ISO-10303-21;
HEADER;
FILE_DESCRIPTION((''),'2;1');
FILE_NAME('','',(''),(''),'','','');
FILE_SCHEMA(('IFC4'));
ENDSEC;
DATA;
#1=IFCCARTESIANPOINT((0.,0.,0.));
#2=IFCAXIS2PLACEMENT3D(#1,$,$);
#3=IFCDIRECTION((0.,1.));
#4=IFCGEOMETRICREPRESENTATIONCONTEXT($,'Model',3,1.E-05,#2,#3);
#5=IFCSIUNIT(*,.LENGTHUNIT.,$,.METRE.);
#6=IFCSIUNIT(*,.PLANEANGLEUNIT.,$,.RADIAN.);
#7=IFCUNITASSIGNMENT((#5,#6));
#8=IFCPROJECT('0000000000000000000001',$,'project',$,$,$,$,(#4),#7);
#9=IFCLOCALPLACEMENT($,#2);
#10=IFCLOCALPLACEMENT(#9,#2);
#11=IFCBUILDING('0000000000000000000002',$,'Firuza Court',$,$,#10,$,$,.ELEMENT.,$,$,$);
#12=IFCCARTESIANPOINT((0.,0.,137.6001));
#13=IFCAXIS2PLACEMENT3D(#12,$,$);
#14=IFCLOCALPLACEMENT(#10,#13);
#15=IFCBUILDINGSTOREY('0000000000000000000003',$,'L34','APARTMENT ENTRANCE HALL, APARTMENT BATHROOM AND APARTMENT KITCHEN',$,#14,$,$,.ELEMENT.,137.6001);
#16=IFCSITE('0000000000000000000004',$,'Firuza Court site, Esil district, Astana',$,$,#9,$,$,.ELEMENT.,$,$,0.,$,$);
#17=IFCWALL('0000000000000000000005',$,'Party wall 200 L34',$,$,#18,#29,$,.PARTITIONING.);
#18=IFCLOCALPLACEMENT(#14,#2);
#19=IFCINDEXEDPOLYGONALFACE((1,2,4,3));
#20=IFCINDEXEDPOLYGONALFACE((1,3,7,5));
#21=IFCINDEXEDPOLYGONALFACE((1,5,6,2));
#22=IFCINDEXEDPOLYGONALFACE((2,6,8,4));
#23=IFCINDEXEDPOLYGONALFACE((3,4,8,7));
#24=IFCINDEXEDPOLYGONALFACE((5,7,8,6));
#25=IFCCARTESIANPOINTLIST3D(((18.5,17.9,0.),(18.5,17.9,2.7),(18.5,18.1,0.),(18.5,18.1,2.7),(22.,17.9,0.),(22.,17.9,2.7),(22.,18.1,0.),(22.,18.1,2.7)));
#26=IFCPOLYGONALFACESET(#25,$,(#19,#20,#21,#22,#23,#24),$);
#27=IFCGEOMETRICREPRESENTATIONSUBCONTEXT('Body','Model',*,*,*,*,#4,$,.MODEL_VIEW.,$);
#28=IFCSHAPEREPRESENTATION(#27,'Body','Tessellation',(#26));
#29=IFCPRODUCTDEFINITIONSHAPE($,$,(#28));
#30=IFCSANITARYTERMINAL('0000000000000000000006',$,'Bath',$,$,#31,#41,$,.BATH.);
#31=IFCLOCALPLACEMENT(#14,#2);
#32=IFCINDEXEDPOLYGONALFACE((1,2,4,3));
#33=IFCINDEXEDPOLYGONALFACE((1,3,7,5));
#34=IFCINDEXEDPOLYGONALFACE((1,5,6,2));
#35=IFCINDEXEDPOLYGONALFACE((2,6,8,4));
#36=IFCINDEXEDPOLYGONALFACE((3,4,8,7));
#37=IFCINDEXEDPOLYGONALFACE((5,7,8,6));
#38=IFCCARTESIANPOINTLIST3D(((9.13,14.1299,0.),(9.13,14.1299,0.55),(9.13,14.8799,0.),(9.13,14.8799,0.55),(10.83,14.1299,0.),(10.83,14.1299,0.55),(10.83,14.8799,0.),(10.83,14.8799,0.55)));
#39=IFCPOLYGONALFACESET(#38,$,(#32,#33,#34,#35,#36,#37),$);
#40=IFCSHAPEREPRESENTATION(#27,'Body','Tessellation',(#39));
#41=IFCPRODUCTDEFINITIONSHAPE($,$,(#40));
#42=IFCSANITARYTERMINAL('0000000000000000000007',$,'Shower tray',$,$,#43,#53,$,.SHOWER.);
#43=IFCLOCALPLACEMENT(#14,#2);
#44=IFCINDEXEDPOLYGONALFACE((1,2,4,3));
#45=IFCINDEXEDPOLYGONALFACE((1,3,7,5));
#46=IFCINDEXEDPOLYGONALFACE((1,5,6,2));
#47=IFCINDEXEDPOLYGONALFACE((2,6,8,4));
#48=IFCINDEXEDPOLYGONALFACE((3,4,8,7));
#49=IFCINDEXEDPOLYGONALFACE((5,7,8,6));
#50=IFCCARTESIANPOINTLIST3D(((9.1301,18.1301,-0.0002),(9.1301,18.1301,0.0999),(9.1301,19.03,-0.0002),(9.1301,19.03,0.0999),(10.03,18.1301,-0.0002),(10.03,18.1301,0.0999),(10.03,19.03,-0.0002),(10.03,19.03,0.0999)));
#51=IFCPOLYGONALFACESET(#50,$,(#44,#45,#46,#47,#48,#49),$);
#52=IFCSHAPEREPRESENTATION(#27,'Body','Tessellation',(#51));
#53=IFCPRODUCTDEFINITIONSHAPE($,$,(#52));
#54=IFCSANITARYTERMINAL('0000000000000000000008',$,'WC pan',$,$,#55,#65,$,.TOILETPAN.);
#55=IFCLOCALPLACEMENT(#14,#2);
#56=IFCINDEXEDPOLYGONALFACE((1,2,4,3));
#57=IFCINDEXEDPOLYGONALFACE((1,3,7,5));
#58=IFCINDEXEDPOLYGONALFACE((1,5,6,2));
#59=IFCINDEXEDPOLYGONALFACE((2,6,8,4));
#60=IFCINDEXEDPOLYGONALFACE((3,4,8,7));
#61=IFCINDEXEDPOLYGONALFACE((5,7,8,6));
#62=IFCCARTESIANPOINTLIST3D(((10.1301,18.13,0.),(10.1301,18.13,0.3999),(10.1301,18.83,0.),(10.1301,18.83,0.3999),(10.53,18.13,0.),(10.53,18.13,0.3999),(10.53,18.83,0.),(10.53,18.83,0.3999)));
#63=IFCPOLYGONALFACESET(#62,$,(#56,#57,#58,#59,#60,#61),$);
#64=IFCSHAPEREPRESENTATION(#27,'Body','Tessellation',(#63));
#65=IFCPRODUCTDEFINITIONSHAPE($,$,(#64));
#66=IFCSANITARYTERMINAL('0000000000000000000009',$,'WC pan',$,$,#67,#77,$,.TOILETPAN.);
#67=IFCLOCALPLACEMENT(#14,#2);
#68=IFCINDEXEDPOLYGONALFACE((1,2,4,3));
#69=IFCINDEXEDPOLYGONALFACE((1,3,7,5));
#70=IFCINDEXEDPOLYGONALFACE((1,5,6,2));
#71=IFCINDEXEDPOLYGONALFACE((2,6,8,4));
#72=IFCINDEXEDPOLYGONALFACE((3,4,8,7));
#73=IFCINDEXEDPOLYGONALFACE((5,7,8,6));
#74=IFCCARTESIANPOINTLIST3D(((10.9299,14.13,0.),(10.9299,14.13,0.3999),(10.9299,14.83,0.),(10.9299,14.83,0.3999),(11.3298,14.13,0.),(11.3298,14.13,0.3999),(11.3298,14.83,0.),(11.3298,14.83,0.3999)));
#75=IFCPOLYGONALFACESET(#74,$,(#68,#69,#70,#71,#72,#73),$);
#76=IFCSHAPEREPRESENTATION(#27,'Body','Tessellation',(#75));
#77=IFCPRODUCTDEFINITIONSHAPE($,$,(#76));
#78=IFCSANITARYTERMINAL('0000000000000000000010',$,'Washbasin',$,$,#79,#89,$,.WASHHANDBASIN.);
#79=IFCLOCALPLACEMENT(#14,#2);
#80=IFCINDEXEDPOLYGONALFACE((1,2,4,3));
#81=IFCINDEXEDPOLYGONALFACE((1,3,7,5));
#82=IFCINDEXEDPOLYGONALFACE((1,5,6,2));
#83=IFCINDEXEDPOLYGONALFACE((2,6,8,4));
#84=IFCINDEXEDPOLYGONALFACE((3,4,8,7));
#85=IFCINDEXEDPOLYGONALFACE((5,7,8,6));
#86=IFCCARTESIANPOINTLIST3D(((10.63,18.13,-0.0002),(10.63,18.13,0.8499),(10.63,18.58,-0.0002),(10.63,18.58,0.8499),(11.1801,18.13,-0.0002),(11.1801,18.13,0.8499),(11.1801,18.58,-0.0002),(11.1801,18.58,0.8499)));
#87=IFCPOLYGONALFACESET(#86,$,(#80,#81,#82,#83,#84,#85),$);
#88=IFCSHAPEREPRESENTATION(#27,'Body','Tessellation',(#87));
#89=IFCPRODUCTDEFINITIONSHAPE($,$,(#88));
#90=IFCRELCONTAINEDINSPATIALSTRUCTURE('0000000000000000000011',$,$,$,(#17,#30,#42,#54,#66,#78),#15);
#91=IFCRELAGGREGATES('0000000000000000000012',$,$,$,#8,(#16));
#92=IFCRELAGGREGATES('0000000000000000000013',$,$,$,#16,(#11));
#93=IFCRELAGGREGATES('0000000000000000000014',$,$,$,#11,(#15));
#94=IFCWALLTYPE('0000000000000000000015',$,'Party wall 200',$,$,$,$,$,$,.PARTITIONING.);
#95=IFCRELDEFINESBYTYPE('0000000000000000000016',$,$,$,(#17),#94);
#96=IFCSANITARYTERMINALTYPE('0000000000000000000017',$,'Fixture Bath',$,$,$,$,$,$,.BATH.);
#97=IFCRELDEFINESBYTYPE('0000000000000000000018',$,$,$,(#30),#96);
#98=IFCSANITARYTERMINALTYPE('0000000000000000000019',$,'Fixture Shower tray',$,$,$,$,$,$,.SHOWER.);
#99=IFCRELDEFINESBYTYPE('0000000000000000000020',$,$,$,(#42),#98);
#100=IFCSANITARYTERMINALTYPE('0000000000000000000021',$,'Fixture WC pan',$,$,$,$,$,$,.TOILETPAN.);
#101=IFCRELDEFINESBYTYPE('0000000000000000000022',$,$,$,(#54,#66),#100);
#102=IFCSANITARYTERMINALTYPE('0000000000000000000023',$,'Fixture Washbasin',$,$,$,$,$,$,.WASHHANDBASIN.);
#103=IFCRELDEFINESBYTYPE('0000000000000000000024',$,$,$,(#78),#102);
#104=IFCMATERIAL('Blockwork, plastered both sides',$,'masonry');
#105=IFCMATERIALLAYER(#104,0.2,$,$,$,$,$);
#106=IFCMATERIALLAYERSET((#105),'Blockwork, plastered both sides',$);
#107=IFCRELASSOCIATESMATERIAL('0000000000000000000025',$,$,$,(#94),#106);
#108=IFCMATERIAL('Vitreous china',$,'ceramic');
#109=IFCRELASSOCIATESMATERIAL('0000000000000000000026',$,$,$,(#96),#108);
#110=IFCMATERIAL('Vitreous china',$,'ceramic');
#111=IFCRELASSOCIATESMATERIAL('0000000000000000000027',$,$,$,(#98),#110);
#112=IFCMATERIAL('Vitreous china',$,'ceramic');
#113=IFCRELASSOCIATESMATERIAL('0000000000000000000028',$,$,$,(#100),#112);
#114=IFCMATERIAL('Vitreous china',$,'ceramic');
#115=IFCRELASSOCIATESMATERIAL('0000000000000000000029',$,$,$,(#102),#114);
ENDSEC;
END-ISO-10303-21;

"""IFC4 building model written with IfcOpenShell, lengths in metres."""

from ifc_helpers import new_model, si_unit, direction, frame, frame_2d, origin, origin_2d, place, context, subcontext, project, spatial, rectangle, extrude, material, layer, layer_set, type_object, element, save


model = new_model("IFC4")

# Units and contexts
model_context = context("Model", 3, precision=1e-05, world=origin(), true_north=direction((0.0, 1.0)))
body_context = subcontext(model_context, "Body", "Model", "MODEL_VIEW")
ifc_project = project(units=[si_unit("LENGTHUNIT", "METRE"), si_unit("PLANEANGLEUNIT", "RADIAN")], contexts=[model_context])

# Site, building, storey
site_placement = place(None, origin())
site = spatial("IfcSite", under=ifc_project, at=site_placement, Name="Firuza Court site, Esil district, Astana", CompositionType="ELEMENT", RefElevation=0.0)
building_placement = place(site_placement, origin())
building = spatial("IfcBuilding", under=site, at=building_placement, Name="Firuza Court", CompositionType="ELEMENT")
storey_placement = place(building_placement, frame((0.0, 0.0, 137.6001)))
storey = spatial("IfcBuildingStorey", under=building, at=storey_placement, Name="L34", Description="APARTMENT ENTRANCE HALL, APARTMENT BATHROOM AND APARTMENT KITCHEN", CompositionType="ELEMENT", Elevation=137.6001)

# Wall
ifc_material_1 = material(Name="Blockwork, plastered both sides", Category="masonry")
ifc_layer_1 = layer(ifc_material_1, 0.2)
ifc_layer_set_1 = layer_set([ifc_layer_1], Name="Blockwork, plastered both sides")
wall_type_1 = type_object("IfcWallType", Name="Party wall 200", PredefinedType="PARTITIONING", material=ifc_layer_set_1)
wall_1_placement = place(storey_placement, frame((18.5, 18.0, 0.0), z_axis=(0.0, 0.0, 1.0), x_axis=(1.0, 0.0, 0.0)))
element("IfcWall", 1, at=wall_1_placement, inside=storey, type_object=wall_type_1, Name="Party wall 200 L34", PredefinedType="PARTITIONING", context=body_context, shape_type="SweptSolid", body=[
    extrude(rectangle(XDim=3.5, YDim=0.2, at=frame_2d((1.75, 0.0))), origin(), (0.0, 0.0, 1.0), 2.7),
])

# Sanitary terminals
ifc_material_2 = material(Name="Vitreous china", Category="ceramic")
sanitary_terminal_type_1 = type_object("IfcSanitaryTerminalType", Name="Fixture Bath", PredefinedType="BATH", material=ifc_material_2)
sanitary_terminal_1_placement = place(storey_placement, frame((9.98, 14.5049, 0.0), z_axis=(0.0, 0.0, 1.0), x_axis=(1.0, 0.0, 0.0)))
element("IfcSanitaryTerminal", 2, at=sanitary_terminal_1_placement, inside=storey, type_object=sanitary_terminal_type_1, Name="Bath", PredefinedType="BATH", context=body_context, shape_type="SweptSolid", body=[
    extrude(rectangle(XDim=1.7, YDim=0.75, at=origin_2d()), origin(), (0.0, 0.0, 1.0), 0.55),
])
ifc_material_3 = material(Name="Vitreous china", Category="ceramic")
sanitary_terminal_type_2 = type_object("IfcSanitaryTerminalType", Name="Fixture Shower tray", PredefinedType="SHOWER", material=ifc_material_3)
sanitary_terminal_2_placement = place(storey_placement, frame((9.5801, 18.5801, -0.0002), z_axis=(0.0, 0.0, 1.0), x_axis=(1.0, 0.0, 0.0)))
element("IfcSanitaryTerminal", 3, at=sanitary_terminal_2_placement, inside=storey, type_object=sanitary_terminal_type_2, Name="Shower tray", PredefinedType="SHOWER", context=body_context, shape_type="SweptSolid", body=[
    extrude(rectangle(XDim=0.8999, YDim=0.8999, at=origin_2d()), origin(), (0.0, 0.0, 1.0), 0.1001),
])
ifc_material_4 = material(Name="Vitreous china", Category="ceramic")
sanitary_terminal_type_3 = type_object("IfcSanitaryTerminalType", Name="Fixture WC pan", PredefinedType="TOILETPAN", material=ifc_material_4)
for number, where, z_axis, x_axis, name in (
    (4, (10.3301, 18.48, 0.0), (0.0, 0.0, 1.0), (1.0, 0.0, 0.0), "WC pan"),
    (5, (11.1299, 14.48, 0.0), (0.0, 0.0, 1.0), (1.0, 0.0, 0.0), "WC pan"),
):
    element("IfcSanitaryTerminal", number, at=place(storey_placement, frame(where, z_axis=z_axis, x_axis=x_axis)), inside=storey, type_object=sanitary_terminal_type_3, Name=name, PredefinedType="TOILETPAN", context=body_context, shape_type="SweptSolid", body=[
        extrude(rectangle(XDim=0.3999, YDim=0.7, at=origin_2d()), origin(), (0.0, 0.0, 1.0), 0.3999),
    ])
ifc_material_5 = material(Name="Vitreous china", Category="ceramic")
sanitary_terminal_type_4 = type_object("IfcSanitaryTerminalType", Name="Fixture Washbasin", PredefinedType="WASHHANDBASIN", material=ifc_material_5)
sanitary_terminal_3_placement = place(storey_placement, frame((10.905, 18.355, -0.0002), z_axis=(0.0, 0.0, 1.0), x_axis=(1.0, 0.0, 0.0)))
element("IfcSanitaryTerminal", 6, at=sanitary_terminal_3_placement, inside=storey, type_object=sanitary_terminal_type_4, Name="Washbasin", PredefinedType="WASHHANDBASIN", context=body_context, shape_type="SweptSolid", body=[
    extrude(rectangle(XDim=0.55, YDim=0.45, at=origin_2d()), origin(), (0.0, 0.0, 1.0), 0.8501),
])

save(model, "model.ifc")
